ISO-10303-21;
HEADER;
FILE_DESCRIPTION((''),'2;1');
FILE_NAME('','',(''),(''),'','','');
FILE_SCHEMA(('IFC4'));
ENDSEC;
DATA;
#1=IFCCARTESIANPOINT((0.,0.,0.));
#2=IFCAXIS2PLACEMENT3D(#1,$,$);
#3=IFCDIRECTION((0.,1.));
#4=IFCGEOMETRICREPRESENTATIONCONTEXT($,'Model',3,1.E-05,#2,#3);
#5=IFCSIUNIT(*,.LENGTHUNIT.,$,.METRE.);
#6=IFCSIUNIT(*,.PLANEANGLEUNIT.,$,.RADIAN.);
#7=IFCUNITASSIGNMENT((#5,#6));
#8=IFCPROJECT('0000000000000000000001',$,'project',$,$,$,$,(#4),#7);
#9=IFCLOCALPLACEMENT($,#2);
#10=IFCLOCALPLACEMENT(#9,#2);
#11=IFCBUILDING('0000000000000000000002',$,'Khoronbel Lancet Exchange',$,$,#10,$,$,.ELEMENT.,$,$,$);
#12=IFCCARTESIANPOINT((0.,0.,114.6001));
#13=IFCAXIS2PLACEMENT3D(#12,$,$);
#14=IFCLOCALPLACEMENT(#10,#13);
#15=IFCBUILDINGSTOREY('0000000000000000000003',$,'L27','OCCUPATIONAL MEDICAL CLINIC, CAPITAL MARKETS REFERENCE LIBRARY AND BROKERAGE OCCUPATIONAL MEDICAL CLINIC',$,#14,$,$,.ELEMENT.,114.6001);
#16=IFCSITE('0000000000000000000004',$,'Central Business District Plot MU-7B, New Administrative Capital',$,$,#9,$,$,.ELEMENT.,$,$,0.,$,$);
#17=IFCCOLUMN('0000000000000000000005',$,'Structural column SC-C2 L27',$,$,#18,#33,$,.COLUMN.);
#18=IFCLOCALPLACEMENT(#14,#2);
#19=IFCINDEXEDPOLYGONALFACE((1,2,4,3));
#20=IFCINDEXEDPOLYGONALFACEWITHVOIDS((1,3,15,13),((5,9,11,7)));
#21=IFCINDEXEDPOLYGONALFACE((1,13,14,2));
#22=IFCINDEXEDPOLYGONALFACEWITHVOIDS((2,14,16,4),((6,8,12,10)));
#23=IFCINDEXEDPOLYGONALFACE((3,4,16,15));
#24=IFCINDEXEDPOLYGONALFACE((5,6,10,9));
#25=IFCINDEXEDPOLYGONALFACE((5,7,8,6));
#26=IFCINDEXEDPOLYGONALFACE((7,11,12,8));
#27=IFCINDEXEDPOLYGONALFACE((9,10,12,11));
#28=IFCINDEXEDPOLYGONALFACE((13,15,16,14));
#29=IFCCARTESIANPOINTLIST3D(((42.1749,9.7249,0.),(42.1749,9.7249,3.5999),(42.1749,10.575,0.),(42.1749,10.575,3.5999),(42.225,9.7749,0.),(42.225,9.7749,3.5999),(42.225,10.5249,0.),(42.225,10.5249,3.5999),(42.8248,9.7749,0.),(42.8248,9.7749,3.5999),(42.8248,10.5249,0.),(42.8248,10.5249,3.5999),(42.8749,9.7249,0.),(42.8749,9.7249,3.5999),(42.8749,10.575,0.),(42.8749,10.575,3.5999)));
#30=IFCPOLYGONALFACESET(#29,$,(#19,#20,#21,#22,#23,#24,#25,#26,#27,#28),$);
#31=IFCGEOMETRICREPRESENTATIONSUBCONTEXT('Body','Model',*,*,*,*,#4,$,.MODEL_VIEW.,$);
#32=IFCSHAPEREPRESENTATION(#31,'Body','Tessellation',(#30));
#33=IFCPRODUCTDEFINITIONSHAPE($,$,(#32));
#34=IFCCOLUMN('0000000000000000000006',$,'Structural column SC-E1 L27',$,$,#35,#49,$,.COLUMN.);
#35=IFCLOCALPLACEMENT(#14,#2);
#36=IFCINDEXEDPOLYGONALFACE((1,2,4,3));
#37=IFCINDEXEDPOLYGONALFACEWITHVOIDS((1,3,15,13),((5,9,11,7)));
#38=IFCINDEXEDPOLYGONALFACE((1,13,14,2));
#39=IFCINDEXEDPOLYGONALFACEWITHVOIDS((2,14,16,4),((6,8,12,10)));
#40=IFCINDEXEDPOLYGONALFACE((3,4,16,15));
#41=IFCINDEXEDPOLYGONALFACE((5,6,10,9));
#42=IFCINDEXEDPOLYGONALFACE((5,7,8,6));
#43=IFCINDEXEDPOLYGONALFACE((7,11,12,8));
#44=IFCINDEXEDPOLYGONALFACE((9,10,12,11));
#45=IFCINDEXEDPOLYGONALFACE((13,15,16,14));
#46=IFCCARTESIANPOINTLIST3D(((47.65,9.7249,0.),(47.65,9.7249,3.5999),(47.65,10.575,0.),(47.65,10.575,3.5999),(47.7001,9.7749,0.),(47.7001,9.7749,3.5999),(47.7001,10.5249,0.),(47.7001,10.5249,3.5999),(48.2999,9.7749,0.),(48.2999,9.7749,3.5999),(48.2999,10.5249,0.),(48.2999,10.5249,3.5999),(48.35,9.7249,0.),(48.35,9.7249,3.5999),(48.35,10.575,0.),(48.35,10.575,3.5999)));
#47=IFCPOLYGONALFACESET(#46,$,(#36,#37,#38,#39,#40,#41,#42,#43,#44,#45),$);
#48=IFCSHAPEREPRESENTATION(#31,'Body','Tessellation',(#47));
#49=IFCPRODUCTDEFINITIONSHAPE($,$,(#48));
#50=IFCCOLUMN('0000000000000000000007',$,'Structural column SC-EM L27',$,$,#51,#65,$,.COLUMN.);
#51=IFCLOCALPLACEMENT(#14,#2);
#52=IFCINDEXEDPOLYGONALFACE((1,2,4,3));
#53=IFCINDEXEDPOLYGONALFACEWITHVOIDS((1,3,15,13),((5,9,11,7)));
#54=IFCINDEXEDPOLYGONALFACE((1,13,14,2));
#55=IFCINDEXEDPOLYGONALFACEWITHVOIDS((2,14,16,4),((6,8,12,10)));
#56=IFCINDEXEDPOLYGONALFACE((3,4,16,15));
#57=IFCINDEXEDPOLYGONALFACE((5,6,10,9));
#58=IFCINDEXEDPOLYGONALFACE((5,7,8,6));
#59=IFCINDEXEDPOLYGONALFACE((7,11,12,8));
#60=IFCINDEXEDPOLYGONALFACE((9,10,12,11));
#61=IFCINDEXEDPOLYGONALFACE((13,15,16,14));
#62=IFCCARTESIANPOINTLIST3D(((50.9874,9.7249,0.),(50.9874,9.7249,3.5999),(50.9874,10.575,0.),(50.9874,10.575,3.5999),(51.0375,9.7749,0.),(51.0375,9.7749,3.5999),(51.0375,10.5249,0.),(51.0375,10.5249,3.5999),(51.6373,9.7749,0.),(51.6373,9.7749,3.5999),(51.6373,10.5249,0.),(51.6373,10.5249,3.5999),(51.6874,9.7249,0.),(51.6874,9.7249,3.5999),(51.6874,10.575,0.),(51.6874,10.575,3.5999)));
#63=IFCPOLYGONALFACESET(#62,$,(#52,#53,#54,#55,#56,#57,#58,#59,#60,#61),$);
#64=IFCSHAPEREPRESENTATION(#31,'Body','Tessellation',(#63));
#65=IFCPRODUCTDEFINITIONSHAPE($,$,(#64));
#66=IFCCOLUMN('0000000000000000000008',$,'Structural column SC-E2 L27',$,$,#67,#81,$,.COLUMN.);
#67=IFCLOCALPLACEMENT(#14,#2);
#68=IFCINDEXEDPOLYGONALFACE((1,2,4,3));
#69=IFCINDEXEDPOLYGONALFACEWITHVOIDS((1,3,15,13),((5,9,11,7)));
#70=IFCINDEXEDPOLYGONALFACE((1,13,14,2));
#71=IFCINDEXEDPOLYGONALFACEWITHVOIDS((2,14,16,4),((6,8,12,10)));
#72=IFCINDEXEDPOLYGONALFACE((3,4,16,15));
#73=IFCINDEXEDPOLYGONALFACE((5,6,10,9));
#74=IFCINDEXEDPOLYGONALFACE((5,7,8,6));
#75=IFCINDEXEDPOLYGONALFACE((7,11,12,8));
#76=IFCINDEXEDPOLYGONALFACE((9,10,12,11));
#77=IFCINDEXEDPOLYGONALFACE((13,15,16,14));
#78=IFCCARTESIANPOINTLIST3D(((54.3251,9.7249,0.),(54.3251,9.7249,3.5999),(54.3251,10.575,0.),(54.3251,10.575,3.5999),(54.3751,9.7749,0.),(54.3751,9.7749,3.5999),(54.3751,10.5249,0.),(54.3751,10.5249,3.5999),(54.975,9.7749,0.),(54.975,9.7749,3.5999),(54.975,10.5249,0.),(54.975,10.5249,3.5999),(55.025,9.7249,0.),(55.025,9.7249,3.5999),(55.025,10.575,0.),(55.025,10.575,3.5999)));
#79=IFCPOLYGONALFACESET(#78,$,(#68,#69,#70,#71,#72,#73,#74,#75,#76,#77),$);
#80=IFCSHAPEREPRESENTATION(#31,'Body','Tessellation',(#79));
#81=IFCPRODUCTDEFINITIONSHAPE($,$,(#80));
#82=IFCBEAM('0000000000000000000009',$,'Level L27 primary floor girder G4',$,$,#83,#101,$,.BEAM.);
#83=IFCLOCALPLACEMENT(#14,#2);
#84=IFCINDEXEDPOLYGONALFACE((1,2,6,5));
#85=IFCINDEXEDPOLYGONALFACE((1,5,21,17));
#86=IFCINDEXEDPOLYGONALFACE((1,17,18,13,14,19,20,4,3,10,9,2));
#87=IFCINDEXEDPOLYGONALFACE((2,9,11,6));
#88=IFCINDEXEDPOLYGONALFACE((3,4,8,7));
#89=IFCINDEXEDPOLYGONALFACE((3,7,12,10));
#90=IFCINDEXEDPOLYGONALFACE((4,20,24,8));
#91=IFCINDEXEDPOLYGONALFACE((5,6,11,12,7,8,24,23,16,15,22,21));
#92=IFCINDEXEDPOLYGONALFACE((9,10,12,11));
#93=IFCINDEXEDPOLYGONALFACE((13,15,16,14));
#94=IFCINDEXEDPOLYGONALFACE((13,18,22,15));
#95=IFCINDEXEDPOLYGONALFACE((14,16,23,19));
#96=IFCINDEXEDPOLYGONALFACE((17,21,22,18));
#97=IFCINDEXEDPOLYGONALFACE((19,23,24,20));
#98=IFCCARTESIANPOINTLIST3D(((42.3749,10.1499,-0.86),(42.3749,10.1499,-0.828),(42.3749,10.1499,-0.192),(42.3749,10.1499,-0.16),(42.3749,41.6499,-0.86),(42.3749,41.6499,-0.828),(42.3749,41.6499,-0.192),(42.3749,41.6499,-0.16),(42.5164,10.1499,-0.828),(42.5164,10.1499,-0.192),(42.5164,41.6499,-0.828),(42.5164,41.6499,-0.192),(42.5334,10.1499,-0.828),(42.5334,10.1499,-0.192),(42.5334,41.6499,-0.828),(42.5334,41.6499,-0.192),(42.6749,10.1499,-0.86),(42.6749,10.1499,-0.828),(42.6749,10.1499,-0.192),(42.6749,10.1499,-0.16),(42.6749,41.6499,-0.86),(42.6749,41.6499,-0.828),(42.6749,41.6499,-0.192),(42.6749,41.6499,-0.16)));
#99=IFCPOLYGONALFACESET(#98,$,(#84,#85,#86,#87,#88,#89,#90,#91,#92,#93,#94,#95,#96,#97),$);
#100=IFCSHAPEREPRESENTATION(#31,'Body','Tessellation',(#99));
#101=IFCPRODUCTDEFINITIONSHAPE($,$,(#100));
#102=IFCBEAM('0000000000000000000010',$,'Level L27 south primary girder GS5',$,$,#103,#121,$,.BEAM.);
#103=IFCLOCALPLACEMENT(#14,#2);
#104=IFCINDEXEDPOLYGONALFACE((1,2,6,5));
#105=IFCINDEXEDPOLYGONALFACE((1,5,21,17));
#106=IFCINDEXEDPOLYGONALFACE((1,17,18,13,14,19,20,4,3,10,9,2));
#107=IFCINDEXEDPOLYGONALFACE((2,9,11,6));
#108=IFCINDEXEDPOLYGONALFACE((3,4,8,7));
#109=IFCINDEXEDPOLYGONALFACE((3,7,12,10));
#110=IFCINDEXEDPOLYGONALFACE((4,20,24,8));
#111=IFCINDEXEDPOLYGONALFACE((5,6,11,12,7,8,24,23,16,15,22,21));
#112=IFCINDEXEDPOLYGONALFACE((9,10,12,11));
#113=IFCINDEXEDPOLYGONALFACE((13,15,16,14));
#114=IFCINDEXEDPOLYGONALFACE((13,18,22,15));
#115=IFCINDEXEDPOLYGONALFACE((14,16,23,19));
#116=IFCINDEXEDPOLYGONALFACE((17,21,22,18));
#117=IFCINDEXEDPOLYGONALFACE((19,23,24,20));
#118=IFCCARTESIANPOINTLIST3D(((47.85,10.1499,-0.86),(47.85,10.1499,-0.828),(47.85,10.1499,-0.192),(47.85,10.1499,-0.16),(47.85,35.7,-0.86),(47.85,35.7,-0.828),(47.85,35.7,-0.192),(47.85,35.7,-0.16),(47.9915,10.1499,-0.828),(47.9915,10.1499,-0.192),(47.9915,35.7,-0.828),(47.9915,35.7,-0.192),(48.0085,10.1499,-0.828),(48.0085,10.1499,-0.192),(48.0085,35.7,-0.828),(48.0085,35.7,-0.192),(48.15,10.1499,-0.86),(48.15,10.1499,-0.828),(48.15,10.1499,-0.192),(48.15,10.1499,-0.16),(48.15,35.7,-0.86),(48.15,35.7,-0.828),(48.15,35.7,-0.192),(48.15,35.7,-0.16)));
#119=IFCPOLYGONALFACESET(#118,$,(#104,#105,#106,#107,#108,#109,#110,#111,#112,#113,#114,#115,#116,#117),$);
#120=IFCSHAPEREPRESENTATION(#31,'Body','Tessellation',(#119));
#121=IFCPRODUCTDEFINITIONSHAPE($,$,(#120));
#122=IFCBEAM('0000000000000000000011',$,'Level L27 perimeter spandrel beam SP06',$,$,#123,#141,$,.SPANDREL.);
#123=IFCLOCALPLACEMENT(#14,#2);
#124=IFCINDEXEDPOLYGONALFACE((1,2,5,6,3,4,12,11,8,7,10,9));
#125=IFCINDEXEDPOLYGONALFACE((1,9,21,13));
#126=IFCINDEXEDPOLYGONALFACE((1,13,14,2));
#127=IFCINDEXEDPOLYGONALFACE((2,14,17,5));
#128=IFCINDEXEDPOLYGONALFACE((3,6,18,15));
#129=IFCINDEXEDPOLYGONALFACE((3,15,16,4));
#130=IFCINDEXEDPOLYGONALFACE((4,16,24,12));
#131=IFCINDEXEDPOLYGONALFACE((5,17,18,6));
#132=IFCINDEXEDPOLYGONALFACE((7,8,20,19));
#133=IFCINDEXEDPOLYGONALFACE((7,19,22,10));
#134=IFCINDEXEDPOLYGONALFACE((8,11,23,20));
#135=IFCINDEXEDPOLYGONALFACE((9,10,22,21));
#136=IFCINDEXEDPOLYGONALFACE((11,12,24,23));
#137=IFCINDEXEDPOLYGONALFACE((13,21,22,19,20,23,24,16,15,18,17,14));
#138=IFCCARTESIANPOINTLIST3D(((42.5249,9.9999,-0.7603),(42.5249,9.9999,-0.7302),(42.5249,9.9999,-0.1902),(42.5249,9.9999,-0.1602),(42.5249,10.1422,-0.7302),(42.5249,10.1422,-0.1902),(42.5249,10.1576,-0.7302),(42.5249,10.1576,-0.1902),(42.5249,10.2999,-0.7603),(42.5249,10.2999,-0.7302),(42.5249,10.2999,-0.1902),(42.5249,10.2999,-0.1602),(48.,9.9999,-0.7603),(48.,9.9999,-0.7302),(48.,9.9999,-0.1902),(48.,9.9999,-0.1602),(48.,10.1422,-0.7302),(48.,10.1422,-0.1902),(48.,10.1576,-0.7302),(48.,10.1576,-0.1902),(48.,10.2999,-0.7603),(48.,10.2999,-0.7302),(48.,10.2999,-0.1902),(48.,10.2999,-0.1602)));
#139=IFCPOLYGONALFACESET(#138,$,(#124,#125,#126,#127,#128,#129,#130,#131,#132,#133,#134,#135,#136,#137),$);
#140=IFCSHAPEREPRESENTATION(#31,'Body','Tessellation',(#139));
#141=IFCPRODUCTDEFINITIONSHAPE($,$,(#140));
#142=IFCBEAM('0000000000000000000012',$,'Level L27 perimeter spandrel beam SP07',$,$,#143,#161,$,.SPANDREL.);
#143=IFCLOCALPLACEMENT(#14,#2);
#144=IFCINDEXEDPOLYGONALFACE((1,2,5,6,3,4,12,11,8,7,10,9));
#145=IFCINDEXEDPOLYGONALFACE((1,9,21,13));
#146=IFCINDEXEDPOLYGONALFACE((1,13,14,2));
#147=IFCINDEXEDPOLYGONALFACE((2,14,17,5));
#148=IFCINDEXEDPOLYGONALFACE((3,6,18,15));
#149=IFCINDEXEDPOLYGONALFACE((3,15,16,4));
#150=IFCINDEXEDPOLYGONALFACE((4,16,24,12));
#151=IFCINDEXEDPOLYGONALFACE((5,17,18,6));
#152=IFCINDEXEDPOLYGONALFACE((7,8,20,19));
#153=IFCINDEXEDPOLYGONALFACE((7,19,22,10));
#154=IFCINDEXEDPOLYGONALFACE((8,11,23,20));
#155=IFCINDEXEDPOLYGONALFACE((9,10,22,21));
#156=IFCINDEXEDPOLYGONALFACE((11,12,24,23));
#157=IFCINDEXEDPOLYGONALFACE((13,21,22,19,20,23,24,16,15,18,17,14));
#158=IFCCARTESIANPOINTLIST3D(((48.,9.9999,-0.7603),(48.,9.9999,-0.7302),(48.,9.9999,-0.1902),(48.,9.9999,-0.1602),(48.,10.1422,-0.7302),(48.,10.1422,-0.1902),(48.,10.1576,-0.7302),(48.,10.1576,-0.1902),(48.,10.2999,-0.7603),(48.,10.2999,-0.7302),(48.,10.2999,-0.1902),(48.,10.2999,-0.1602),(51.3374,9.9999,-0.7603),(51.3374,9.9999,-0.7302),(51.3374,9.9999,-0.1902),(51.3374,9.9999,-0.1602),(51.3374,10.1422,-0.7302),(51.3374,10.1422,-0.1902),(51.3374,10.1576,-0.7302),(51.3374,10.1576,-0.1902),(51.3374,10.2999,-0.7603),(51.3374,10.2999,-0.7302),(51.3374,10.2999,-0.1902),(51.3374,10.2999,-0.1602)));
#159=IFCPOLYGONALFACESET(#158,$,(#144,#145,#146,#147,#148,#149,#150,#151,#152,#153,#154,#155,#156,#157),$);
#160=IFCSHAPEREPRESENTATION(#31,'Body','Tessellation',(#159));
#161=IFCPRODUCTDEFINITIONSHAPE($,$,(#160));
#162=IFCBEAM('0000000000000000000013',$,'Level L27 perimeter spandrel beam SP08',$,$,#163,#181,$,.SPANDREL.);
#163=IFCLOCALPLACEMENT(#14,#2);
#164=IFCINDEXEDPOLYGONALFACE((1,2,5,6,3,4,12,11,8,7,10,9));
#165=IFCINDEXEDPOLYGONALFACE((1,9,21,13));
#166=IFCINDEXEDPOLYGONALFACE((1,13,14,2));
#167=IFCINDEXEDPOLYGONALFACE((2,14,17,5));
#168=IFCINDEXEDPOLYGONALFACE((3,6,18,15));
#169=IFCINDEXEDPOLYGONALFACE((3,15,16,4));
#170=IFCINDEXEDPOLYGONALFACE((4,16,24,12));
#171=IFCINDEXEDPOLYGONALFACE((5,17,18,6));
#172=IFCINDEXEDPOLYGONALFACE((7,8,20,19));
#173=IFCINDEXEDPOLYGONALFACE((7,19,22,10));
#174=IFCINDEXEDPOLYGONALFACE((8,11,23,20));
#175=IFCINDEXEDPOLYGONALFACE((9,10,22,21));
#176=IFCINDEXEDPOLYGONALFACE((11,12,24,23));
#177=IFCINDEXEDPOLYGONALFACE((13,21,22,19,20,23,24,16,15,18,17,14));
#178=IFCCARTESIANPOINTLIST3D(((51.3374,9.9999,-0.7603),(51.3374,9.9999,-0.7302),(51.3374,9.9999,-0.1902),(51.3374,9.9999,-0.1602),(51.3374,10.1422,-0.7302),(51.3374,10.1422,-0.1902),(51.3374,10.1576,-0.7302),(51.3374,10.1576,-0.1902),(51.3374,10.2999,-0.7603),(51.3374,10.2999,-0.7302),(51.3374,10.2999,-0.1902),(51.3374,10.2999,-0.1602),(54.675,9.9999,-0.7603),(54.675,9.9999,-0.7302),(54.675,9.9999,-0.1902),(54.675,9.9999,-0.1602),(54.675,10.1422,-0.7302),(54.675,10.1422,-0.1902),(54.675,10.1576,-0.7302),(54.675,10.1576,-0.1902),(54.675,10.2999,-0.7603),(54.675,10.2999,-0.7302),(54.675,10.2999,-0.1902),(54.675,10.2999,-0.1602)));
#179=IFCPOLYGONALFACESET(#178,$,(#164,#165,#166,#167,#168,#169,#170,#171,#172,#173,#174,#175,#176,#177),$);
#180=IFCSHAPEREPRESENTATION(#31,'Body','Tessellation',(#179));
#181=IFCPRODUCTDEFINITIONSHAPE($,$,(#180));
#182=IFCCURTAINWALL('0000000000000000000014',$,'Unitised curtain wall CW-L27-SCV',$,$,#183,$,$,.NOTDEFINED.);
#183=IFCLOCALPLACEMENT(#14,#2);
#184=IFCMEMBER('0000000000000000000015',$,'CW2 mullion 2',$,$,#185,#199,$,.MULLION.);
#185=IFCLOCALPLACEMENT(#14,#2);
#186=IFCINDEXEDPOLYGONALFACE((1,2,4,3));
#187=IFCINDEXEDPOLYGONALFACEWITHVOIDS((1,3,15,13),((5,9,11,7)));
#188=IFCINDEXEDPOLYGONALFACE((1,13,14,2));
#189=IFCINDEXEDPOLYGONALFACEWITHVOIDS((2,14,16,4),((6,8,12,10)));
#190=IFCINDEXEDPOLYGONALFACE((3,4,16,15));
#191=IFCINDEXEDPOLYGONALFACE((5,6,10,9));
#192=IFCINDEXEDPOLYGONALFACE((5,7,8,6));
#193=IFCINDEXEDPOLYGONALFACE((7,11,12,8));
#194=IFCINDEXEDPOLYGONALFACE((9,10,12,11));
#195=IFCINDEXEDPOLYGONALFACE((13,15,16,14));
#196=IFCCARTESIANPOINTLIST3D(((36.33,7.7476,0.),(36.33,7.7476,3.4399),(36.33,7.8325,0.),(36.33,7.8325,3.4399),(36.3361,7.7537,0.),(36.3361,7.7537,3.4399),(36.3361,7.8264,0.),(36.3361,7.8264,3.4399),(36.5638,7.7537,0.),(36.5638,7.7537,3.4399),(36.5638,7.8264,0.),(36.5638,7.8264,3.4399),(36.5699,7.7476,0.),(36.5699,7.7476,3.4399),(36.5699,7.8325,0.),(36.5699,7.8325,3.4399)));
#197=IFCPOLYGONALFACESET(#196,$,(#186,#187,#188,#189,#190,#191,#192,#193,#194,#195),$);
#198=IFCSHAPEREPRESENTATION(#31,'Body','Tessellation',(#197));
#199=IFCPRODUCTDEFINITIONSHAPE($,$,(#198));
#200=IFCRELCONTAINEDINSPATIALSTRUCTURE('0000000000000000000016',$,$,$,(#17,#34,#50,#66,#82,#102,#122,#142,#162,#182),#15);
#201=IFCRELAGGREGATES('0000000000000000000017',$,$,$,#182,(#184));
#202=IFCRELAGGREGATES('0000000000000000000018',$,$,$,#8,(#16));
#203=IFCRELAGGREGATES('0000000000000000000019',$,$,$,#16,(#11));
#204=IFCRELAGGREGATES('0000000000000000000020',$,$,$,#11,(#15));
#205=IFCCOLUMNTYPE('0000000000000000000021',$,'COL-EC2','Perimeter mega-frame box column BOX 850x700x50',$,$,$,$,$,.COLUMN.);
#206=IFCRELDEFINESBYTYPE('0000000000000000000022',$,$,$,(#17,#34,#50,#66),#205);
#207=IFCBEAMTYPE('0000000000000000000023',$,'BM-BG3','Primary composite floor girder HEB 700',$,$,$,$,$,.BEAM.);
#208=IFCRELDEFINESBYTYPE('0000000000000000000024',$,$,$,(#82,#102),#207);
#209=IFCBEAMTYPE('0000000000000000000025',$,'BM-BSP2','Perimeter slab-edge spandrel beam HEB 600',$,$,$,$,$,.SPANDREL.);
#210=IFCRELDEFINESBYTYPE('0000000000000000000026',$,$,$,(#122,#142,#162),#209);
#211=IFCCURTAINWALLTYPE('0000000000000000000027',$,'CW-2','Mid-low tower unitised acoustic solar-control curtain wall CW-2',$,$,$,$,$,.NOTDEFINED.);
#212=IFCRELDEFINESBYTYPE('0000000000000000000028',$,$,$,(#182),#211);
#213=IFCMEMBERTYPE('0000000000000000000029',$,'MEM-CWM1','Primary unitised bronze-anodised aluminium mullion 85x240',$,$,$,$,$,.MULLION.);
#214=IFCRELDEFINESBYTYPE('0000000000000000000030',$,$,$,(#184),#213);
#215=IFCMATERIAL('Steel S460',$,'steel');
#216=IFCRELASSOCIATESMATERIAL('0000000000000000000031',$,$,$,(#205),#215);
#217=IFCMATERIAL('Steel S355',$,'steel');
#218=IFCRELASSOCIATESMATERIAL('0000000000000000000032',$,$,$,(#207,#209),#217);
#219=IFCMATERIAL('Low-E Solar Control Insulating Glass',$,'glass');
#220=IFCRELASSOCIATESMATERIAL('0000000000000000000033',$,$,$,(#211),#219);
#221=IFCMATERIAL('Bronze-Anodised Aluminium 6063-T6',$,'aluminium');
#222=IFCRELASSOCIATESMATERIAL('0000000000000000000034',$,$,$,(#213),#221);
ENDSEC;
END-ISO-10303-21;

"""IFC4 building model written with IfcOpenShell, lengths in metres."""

from ifc_helpers import new_model, si_unit, direction, frame, origin, origin_2d, place, context, subcontext, project, spatial, hollow_rectangle, i_section, extrude, material, material_profile, profile_set, type_object, element, aggregate, save


model = new_model("IFC4")

# Units and contexts
model_context = context("Model", 3, precision=1e-05, world=origin(), true_north=direction((0.0, 1.0)))
body_context = subcontext(model_context, "Body", "Model", "MODEL_VIEW")
ifc_project = project(units=[si_unit("LENGTHUNIT", "METRE"), si_unit("PLANEANGLEUNIT", "RADIAN")], contexts=[model_context])

# Site, building, storey
site_placement = place(None, origin())
site = spatial("IfcSite", under=ifc_project, at=site_placement, Name="Central Business District Plot MU-7B, New Administrative Capital", CompositionType="ELEMENT", RefElevation=0.0)
building_placement = place(site_placement, origin())
building = spatial("IfcBuilding", under=site, at=building_placement, Name="Khoronbel Lancet Exchange", CompositionType="ELEMENT")
storey_placement = place(building_placement, frame((0.0, 0.0, 114.6001)))
storey = spatial("IfcBuildingStorey", under=building, at=storey_placement, Name="L27", Description="OCCUPATIONAL MEDICAL CLINIC, CAPITAL MARKETS REFERENCE LIBRARY AND BROKERAGE OCCUPATIONAL MEDICAL CLINIC", CompositionType="ELEMENT", Elevation=114.6001)

# Columns
ifc_material_1 = material(Name="Steel S460", Category="steel")
ifc_material_profile_1 = material_profile(ifc_material_1, hollow_rectangle(XDim=0.7, YDim=0.8501, WallThickness=0.05, at=origin_2d()), Name="BOX 850x700x50")
ifc_profile_set_1 = profile_set([ifc_material_profile_1], Name="Steel S460")
column_type = type_object("IfcColumnType", Name="COL-EC2", Description="Perimeter mega-frame box column BOX 850x700x50", PredefinedType="COLUMN", material=ifc_profile_set_1)
for number, where, z_axis, x_axis, name in (
    (1, (42.5249, 10.1499, 0.0), (0.0, 0.0, 1.0), (1.0, 0.0, 0.0), "Structural column SC-C2 L27"),
    (2, (48.0, 10.1499, 0.0), (0.0, 0.0, 1.0), (1.0, 0.0, 0.0), "Structural column SC-E1 L27"),
    (3, (51.3374, 10.1499, 0.0), (0.0, 0.0, 1.0), (1.0, 0.0, 0.0), "Structural column SC-EM L27"),
    (4, (54.675, 10.1499, 0.0), (0.0, 0.0, 1.0), (1.0, 0.0, 0.0), "Structural column SC-E2 L27"),
):
    element("IfcColumn", number, at=place(storey_placement, frame(where, z_axis=z_axis, x_axis=x_axis)), inside=storey, type_object=column_type, Name=name, PredefinedType="COLUMN", context=body_context, shape_type="SweptSolid", body=[
        extrude(hollow_rectangle(XDim=0.7, YDim=0.8501, WallThickness=0.05, at=origin_2d()), origin(), (0.0, 0.0, 1.0), 3.5999),
    ])

# Beams
ifc_material_2 = material(Name="Steel S355", Category="steel")
ifc_material_profile_2 = material_profile(ifc_material_2, i_section(OverallWidth=0.3, OverallDepth=0.7, WebThickness=0.0171, FlangeThickness=0.032, at=origin_2d()), Name="HEB 700")
ifc_profile_set_2 = profile_set([ifc_material_profile_2], Name="Steel S355")
beam_type_1 = type_object("IfcBeamType", Name="BM-BG3", Description="Primary composite floor girder HEB 700", PredefinedType="BEAM", material=ifc_profile_set_2)
beam_1_placement = place(storey_placement, frame((42.5249, 10.1499, -0.51), z_axis=(0.0, 1.0, 0.0), x_axis=(-1.0, 0.0, 0.0)))
element("IfcBeam", 5, at=beam_1_placement, inside=storey, type_object=beam_type_1, Name="Level L27 primary floor girder G4", PredefinedType="BEAM", context=body_context, shape_type="SweptSolid", body=[
    extrude(i_section(OverallWidth=0.3, OverallDepth=0.7, WebThickness=0.0171, FlangeThickness=0.032, at=origin_2d()), origin(), (0.0, 0.0, 1.0), 31.5),
])
beam_2_placement = place(storey_placement, frame((48.0, 10.1499, -0.51), z_axis=(0.0, 1.0, 0.0), x_axis=(-1.0, 0.0, 0.0)))
element("IfcBeam", 6, at=beam_2_placement, inside=storey, type_object=beam_type_1, Name="Level L27 south primary girder GS5", PredefinedType="BEAM", context=body_context, shape_type="SweptSolid", body=[
    extrude(i_section(OverallWidth=0.3, OverallDepth=0.7, WebThickness=0.0171, FlangeThickness=0.032, at=origin_2d()), origin(), (0.0, 0.0, 1.0), 25.55),
])
ifc_material_profile_3 = material_profile(ifc_material_2, i_section(OverallWidth=0.3, OverallDepth=0.6001, WebThickness=0.0154, FlangeThickness=0.03, at=origin_2d()), Name="HEB 600")
ifc_profile_set_3 = profile_set([ifc_material_profile_3], Name="Steel S355")
beam_type_2 = type_object("IfcBeamType", Name="BM-BSP2", Description="Perimeter slab-edge spandrel beam HEB 600", PredefinedType="SPANDREL", material=ifc_profile_set_3)
beam_3_placement = place(storey_placement, frame((42.5249, 10.1499, -0.4602), z_axis=(1.0, 0.0, 0.0), x_axis=(0.0, 1.0, 0.0)))
element("IfcBeam", 7, at=beam_3_placement, inside=storey, type_object=beam_type_2, Name="Level L27 perimeter spandrel beam SP06", PredefinedType="SPANDREL", context=body_context, shape_type="SweptSolid", body=[
    extrude(i_section(OverallWidth=0.3, OverallDepth=0.6001, WebThickness=0.0154, FlangeThickness=0.03, at=origin_2d()), origin(), (0.0, 0.0, 1.0), 5.4751),
])
beam_4_placement = place(storey_placement, frame((48.0, 10.1499, -0.4602), z_axis=(1.0, 0.0, 0.0), x_axis=(0.0, 1.0, 0.0)))
element("IfcBeam", 8, at=beam_4_placement, inside=storey, type_object=beam_type_2, Name="Level L27 perimeter spandrel beam SP07", PredefinedType="SPANDREL", context=body_context, shape_type="SweptSolid", body=[
    extrude(i_section(OverallWidth=0.3, OverallDepth=0.6001, WebThickness=0.0154, FlangeThickness=0.03, at=origin_2d()), origin(), (0.0, 0.0, 1.0), 3.3374),
])
beam_5_placement = place(storey_placement, frame((51.3374, 10.1499, -0.4602), z_axis=(1.0, 0.0, 0.0), x_axis=(0.0, 1.0, 0.0)))
element("IfcBeam", 9, at=beam_5_placement, inside=storey, type_object=beam_type_2, Name="Level L27 perimeter spandrel beam SP08", PredefinedType="SPANDREL", context=body_context, shape_type="SweptSolid", body=[
    extrude(i_section(OverallWidth=0.3, OverallDepth=0.6001, WebThickness=0.0154, FlangeThickness=0.03, at=origin_2d()), origin(), (0.0, 0.0, 1.0), 3.3376),
])

# Curtain wall, member
ifc_material_3 = material(Name="Low-E Solar Control Insulating Glass", Category="glass")
curtain_wall_type = type_object("IfcCurtainWallType", Name="CW-2", Description="Mid-low tower unitised acoustic solar-control curtain wall CW-2", PredefinedType="NOTDEFINED", material=ifc_material_3)
curtain_wall_1_placement = place(storey_placement, origin())
curtain_wall_1 = element("IfcCurtainWall", 10, at=curtain_wall_1_placement, inside=storey, type_object=curtain_wall_type, Name="Unitised curtain wall CW-L27-SCV", PredefinedType="NOTDEFINED")
ifc_material_4 = material(Name="Bronze-Anodised Aluminium 6063-T6", Category="aluminium")
ifc_material_profile_4 = material_profile(ifc_material_4, hollow_rectangle(XDim=0.085, YDim=0.24, WallThickness=0.0061, at=origin_2d()), Name="ALU MULLION 85x240")
ifc_profile_set_4 = profile_set([ifc_material_profile_4], Name="Bronze-Anodised Aluminium 6063-T6")
member_type_1 = type_object("IfcMemberType", Name="MEM-CWM1", Description="Primary unitised bronze-anodised aluminium mullion 85x240", PredefinedType="MULLION", material=ifc_profile_set_4)
member_1_placement = place(storey_placement, frame((36.45, 7.79, 0.0), z_axis=(0.0, 0.0, 1.0), x_axis=(0.0, 1.0, 0.0)))
member_1 = element("IfcMember", 11, at=member_1_placement, type_object=member_type_1, Name="CW2 mullion 2", PredefinedType="MULLION", context=body_context, shape_type="SweptSolid", body=[
    extrude(hollow_rectangle(XDim=0.085, YDim=0.24, WallThickness=0.0061, at=origin_2d()), origin(), (0.0, 0.0, 1.0), 3.4399),
])

aggregate(curtain_wall_1, [member_1])

save(model, "model.ifc")
